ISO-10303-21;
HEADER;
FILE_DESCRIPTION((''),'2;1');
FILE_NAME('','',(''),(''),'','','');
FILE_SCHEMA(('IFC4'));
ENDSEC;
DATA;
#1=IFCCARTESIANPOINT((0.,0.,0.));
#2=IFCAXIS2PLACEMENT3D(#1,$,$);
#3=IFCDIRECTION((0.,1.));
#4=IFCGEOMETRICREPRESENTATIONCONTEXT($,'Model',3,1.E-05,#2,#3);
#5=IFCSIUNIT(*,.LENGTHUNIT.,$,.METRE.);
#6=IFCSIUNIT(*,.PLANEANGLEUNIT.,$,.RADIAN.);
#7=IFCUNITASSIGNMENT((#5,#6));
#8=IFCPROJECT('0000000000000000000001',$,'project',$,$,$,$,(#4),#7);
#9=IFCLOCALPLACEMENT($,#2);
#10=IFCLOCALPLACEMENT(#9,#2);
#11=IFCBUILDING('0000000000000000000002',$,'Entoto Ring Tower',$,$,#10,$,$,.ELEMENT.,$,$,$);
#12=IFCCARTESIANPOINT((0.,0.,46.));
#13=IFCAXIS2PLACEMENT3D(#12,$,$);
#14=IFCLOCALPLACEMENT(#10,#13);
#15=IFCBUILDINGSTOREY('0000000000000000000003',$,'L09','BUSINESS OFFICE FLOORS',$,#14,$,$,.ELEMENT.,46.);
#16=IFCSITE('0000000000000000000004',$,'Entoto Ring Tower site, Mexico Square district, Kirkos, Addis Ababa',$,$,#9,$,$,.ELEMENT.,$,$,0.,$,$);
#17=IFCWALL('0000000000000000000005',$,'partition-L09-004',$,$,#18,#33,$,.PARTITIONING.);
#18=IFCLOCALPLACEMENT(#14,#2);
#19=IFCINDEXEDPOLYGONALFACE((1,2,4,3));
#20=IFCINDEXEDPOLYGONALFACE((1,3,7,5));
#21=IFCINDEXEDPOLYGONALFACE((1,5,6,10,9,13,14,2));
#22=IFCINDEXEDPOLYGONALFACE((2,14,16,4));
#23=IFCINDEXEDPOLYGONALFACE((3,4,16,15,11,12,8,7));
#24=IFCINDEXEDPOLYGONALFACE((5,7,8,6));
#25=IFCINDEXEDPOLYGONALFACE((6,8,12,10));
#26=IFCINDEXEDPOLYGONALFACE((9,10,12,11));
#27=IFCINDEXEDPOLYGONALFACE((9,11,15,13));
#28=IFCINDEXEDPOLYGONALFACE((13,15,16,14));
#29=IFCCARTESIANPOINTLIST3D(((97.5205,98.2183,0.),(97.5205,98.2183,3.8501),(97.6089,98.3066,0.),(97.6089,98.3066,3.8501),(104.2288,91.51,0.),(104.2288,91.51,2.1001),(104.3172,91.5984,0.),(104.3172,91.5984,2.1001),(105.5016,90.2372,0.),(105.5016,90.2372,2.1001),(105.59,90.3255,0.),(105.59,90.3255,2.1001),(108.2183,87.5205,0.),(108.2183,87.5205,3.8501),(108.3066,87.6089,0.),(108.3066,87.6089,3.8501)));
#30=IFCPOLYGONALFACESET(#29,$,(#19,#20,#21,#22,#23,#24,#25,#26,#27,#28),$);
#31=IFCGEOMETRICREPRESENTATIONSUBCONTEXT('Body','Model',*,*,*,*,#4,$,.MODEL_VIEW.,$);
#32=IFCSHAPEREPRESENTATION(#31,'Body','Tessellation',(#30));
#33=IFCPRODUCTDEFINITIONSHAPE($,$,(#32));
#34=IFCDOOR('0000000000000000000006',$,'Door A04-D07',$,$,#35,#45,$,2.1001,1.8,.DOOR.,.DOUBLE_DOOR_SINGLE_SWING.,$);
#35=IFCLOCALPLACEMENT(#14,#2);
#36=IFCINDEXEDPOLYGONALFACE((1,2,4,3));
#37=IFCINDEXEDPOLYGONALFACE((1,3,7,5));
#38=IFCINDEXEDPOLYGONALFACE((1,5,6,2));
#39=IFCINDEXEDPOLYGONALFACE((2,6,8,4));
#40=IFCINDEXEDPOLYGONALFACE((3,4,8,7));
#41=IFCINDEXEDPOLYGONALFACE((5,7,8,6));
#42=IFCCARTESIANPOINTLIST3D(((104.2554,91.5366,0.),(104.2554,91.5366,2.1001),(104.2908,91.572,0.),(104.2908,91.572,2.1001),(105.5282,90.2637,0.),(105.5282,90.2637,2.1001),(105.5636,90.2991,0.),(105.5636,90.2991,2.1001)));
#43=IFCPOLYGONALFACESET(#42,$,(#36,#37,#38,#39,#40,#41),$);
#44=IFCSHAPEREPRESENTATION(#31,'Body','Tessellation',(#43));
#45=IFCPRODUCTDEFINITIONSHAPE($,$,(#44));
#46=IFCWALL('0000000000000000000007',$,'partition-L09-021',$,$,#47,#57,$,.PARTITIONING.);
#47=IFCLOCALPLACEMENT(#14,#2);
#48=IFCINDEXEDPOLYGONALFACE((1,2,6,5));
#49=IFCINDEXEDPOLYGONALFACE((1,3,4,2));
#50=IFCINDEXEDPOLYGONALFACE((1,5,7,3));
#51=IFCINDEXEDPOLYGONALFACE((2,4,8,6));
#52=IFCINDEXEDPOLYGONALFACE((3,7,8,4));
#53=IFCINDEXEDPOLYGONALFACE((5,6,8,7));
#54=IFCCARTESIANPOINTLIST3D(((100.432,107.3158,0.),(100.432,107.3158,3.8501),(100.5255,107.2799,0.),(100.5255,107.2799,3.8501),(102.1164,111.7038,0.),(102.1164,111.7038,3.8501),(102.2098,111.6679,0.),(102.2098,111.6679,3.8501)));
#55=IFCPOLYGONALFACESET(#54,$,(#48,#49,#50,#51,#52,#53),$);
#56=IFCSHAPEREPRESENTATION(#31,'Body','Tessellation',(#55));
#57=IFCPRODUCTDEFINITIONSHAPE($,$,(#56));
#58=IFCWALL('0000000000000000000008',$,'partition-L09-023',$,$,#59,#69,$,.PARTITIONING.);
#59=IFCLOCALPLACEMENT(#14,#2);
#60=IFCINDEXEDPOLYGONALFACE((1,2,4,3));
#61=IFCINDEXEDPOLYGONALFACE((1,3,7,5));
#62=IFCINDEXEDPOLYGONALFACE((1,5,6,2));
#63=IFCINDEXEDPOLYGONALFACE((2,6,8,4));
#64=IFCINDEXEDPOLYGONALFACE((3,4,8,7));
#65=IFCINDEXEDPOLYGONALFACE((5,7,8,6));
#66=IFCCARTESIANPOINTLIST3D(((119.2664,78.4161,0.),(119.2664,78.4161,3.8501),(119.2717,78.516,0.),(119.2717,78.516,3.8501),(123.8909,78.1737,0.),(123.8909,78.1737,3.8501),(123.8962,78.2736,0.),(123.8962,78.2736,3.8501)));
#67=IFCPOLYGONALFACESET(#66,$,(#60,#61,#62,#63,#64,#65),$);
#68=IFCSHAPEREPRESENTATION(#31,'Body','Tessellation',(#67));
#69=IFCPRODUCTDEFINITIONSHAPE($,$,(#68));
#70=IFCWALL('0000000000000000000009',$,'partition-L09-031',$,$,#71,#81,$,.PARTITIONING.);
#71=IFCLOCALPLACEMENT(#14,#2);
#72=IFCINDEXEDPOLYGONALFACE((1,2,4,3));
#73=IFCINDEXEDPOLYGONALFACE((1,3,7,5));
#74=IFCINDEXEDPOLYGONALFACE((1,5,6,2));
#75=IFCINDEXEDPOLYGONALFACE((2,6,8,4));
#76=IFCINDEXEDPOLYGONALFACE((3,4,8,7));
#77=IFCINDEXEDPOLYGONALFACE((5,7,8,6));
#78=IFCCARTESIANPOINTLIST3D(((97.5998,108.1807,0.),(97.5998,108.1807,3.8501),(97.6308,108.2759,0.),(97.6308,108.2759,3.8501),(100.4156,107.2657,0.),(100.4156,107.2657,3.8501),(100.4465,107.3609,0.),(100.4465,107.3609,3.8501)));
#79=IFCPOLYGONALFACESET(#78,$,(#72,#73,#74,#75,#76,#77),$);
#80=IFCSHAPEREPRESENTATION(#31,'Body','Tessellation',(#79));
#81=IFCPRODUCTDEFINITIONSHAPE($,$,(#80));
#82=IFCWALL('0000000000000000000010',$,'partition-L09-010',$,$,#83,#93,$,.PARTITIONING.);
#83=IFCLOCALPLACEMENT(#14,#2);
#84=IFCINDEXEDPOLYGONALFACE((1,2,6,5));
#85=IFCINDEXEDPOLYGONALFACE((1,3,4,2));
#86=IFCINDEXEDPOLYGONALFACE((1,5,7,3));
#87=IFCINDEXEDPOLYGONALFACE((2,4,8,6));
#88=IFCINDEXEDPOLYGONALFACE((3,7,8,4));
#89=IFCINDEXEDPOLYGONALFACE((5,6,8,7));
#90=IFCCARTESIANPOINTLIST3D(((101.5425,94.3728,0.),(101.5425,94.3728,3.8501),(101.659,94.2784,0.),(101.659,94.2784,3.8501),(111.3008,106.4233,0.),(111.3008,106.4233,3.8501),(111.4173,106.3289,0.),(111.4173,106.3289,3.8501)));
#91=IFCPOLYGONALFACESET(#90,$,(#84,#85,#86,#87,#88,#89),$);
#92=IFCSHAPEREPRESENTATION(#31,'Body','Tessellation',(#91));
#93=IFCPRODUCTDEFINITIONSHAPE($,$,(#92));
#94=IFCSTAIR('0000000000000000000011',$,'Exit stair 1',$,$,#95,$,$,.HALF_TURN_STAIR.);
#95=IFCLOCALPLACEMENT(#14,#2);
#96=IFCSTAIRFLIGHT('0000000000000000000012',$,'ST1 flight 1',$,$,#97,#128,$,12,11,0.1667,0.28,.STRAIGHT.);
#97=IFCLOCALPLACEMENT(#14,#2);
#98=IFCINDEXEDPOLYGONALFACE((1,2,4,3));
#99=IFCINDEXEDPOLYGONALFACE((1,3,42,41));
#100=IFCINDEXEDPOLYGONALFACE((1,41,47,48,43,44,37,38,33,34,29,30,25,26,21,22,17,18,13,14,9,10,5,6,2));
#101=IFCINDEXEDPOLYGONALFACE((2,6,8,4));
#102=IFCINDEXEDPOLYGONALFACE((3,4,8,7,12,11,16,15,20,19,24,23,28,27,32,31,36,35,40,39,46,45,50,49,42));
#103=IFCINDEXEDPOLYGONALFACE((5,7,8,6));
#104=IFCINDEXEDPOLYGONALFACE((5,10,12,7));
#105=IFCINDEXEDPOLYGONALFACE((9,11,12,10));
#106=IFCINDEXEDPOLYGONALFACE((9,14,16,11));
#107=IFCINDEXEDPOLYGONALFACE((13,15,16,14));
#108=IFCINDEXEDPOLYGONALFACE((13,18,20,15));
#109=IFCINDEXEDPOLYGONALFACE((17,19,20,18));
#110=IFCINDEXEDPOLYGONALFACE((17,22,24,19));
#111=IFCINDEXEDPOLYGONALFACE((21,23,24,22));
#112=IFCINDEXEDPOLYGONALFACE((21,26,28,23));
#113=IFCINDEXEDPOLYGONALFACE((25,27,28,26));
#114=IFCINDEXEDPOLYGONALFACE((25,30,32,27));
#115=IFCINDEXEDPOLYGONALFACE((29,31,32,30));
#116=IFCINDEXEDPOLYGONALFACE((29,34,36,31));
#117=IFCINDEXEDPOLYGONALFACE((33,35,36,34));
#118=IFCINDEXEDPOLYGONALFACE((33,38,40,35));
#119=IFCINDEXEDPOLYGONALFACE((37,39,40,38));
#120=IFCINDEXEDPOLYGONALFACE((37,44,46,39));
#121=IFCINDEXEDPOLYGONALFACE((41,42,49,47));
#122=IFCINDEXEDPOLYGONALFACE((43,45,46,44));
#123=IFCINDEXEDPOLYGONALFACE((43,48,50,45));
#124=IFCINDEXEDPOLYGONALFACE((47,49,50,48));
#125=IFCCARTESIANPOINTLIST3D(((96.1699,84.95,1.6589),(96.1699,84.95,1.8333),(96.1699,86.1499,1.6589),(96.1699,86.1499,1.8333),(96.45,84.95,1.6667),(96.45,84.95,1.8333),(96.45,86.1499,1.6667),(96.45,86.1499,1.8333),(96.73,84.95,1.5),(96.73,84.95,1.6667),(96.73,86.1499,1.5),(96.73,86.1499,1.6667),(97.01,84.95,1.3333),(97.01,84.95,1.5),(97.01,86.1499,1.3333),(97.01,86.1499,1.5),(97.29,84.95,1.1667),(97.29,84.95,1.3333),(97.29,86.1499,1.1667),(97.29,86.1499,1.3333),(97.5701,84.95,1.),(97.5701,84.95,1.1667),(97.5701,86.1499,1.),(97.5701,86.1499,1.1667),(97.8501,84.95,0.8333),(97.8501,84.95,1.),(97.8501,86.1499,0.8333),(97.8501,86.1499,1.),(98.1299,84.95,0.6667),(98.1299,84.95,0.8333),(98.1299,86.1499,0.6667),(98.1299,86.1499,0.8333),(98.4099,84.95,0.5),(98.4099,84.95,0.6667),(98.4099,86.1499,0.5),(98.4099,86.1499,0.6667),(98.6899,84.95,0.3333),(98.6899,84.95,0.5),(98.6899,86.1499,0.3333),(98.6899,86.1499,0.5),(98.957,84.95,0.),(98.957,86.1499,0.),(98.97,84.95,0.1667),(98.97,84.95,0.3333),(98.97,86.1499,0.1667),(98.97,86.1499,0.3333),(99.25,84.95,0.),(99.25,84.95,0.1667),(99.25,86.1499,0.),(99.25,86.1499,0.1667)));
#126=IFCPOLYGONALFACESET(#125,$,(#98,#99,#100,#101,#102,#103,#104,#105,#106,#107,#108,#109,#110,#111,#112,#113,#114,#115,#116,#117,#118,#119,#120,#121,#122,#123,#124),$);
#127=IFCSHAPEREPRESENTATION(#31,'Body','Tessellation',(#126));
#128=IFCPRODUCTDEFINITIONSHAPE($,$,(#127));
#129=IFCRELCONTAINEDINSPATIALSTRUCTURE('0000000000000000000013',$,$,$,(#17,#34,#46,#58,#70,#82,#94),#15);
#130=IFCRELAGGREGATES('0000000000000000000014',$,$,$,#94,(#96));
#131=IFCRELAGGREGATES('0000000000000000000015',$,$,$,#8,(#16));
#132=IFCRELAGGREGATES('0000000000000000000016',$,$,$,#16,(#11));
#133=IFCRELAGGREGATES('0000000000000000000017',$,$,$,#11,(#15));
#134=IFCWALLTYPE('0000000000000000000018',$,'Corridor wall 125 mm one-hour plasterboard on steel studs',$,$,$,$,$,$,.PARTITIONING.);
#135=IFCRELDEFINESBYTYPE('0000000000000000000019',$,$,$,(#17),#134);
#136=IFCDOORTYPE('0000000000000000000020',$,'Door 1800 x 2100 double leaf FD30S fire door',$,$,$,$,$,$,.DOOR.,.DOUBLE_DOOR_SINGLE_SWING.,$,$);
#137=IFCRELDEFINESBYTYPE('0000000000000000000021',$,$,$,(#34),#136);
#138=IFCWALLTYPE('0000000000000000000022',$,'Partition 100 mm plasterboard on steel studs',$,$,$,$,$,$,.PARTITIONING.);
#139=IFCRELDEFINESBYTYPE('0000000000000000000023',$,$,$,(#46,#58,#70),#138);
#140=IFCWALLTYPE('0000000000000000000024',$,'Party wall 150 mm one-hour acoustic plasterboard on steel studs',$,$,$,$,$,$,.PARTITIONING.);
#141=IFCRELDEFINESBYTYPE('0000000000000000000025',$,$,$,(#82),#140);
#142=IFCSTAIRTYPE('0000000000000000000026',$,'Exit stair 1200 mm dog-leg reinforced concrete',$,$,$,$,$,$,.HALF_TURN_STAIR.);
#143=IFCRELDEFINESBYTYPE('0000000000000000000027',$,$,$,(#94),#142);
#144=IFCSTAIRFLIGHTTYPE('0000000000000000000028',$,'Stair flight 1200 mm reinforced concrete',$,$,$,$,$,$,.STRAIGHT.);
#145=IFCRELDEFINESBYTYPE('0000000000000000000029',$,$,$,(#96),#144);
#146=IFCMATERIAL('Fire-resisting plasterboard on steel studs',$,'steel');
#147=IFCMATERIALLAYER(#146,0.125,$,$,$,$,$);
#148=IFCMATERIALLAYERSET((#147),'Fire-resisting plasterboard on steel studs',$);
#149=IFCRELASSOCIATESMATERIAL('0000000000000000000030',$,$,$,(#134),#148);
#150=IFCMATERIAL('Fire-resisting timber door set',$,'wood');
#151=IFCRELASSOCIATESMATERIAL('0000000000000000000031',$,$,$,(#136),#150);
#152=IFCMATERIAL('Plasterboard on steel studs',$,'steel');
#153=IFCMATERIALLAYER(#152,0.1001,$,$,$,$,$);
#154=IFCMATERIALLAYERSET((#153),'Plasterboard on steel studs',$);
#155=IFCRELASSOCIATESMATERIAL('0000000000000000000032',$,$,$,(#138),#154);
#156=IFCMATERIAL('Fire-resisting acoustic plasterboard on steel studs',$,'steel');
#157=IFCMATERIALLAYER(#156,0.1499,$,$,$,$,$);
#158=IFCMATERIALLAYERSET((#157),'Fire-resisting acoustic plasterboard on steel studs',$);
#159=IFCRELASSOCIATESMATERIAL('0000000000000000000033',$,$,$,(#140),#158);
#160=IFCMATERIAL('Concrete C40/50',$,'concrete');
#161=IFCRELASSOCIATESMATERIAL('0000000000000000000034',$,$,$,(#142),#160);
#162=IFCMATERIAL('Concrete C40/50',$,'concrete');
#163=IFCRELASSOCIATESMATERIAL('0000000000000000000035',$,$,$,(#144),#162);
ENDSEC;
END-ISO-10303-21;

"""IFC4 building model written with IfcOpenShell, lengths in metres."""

from ifc_helpers import new_model, si_unit, direction, frame, frame_2d, origin, place, context, subcontext, project, spatial, polyline, rectangle, outline, extrude, material, layer, layer_set, type_object, element, fill, aggregate, save


model = new_model("IFC4")

# Units and contexts
model_context = context("Model", 3, precision=1e-05, world=origin(), true_north=direction((0.0, 1.0)))
body_context = subcontext(model_context, "Body", "Model", "MODEL_VIEW")
ifc_project = project(units=[si_unit("LENGTHUNIT", "METRE"), si_unit("PLANEANGLEUNIT", "RADIAN")], contexts=[model_context])

# Site, building, storey
site_placement = place(None, origin())
site = spatial("IfcSite", under=ifc_project, at=site_placement, Name="Entoto Ring Tower site, Mexico Square district, Kirkos, Addis Ababa", CompositionType="ELEMENT", RefElevation=0.0)
building_placement = place(site_placement, origin())
building = spatial("IfcBuilding", under=site, at=building_placement, Name="Entoto Ring Tower", CompositionType="ELEMENT")
storey_placement = place(building_placement, frame((0.0, 0.0, 46.0)))
storey = spatial("IfcBuildingStorey", under=building, at=storey_placement, Name="L09", Description="BUSINESS OFFICE FLOORS", CompositionType="ELEMENT", Elevation=46.0)

# Wall, opening, door
ifc_material_1 = material(Name="Fire-resisting plasterboard on steel studs", Category="steel")
ifc_layer_1 = layer(ifc_material_1, 0.125)
ifc_layer_set_1 = layer_set([ifc_layer_1], Name="Fire-resisting plasterboard on steel studs")
wall_type_1 = type_object("IfcWallType", Name="Corridor wall 125 mm one-hour plasterboard on steel studs", PredefinedType="PARTITIONING", material=ifc_layer_set_1)
wall_1_placement = place(storey_placement, frame((108.2625, 87.5647, 0.0), z_axis=(0.0, 0.0, 1.0), x_axis=(-0.707107, 0.707107, 0.0)))
wall_1 = element("IfcWall", 1, at=wall_1_placement, inside=storey, type_object=wall_type_1, Name="partition-L09-004", PredefinedType="PARTITIONING", context=body_context, shape_type="SweptSolid", body=[
    extrude(rectangle(XDim=15.1289, YDim=0.125, at=frame_2d((7.5645, 0.0))), origin(), (0.0, 0.0, 1.0), 3.8501),
])
opening_1_placement = place(wall_1_placement, frame((3.842, 0.0, 0.0)))
opening_1 = element("IfcOpeningElement", 2, at=opening_1_placement, cuts=wall_1, PredefinedType="OPENING", context=body_context, shape_type="SweptSolid", body=[
    extrude(rectangle(XDim=1.8, YDim=2.1001, at=frame_2d((0.8999, 1.05))), frame((0.0, 0.0725, 0.0), z_axis=(0.0, -1.0, 0.0), x_axis=(1.0, 0.0, 0.0)), (0.0, 0.0, 1.0), 0.145),
])
ifc_material_2 = material(Name="Fire-resisting timber door set", Category="wood")
door_type_1 = type_object("IfcDoorType", Name="Door 1800 x 2100 double leaf FD30S fire door", OperationType="DOUBLE_DOOR_SINGLE_SWING", PredefinedType="DOOR", material=ifc_material_2)
door_1_placement = place(opening_1_placement, origin())
door_1 = element("IfcDoor", 3, at=door_1_placement, inside=storey, type_object=door_type_1, Name="Door A04-D07", OperationType="DOUBLE_DOOR_SINGLE_SWING", OverallHeight=2.1001, OverallWidth=1.8, PredefinedType="DOOR", context=body_context, shape_type="SweptSolid", body=[
    extrude(rectangle(XDim=1.8, YDim=2.1001, at=frame_2d((0.8999, 1.05))), frame((0.0, 0.0249, 0.0), z_axis=(0.0, -1.0, 0.0), x_axis=(1.0, 0.0, 0.0)), (0.0, 0.0, 1.0), 0.05),
])
fill(opening_1, door_1)

# Walls
ifc_material_3 = material(Name="Plasterboard on steel studs", Category="steel")
ifc_layer_2 = layer(ifc_material_3, 0.1001)
ifc_layer_set_2 = layer_set([ifc_layer_2], Name="Plasterboard on steel studs")
wall_type_2 = type_object("IfcWallType", Name="Partition 100 mm plasterboard on steel studs", PredefinedType="PARTITIONING", material=ifc_layer_set_2)
wall_2_placement = place(storey_placement, frame((100.4788, 107.2979, 0.0), z_axis=(0.0, 0.0, 1.0), x_axis=(0.358359, 0.933584, 0.0)))
element("IfcWall", 4, at=wall_2_placement, inside=storey, type_object=wall_type_2, Name="partition-L09-021", PredefinedType="PARTITIONING", context=body_context, shape_type="SweptSolid", body=[
    extrude(rectangle(XDim=4.7002, YDim=0.1001, at=frame_2d((2.3501, 0.0))), origin(), (0.0, 0.0, 1.0), 3.8501),
])
wall_3_placement = place(storey_placement, frame((123.8936, 78.2236, 0.0), z_axis=(0.0, 0.0, 1.0), x_axis=(-0.998629, 0.052351, 0.0)))
element("IfcWall", 5, at=wall_3_placement, inside=storey, type_object=wall_type_2, Name="partition-L09-023", PredefinedType="PARTITIONING", context=body_context, shape_type="SweptSolid", body=[
    extrude(rectangle(XDim=4.6309, YDim=0.1001, at=frame_2d((2.3154, 0.0))), origin(), (0.0, 0.0, 1.0), 3.8501),
])
wall_4_placement = place(storey_placement, frame((100.4312, 107.3132, 0.0), z_axis=(0.0, 0.0, 1.0), x_axis=(-0.95104, 0.309069, 0.0)))
element("IfcWall", 6, at=wall_4_placement, inside=storey, type_object=wall_type_2, Name="partition-L09-031", PredefinedType="PARTITIONING", context=body_context, shape_type="SweptSolid", body=[
    extrude(rectangle(XDim=2.9607, YDim=0.1001, at=frame_2d((1.4805, 0.0))), origin(), (0.0, 0.0, 1.0), 3.8501),
])
ifc_material_4 = material(Name="Fire-resisting acoustic plasterboard on steel studs", Category="steel")
ifc_layer_3 = layer(ifc_material_4, 0.1499)
ifc_layer_set_3 = layer_set([ifc_layer_3], Name="Fire-resisting acoustic plasterboard on steel studs")
wall_type_3 = type_object("IfcWallType", Name="Party wall 150 mm one-hour acoustic plasterboard on steel studs", PredefinedType="PARTITIONING", material=ifc_layer_set_3)
wall_5_placement = place(storey_placement, frame((101.6008, 94.3257, 0.0), z_axis=(0.0, 0.0, 1.0), x_axis=(0.629319, 0.777147, 0.0)))
element("IfcWall", 7, at=wall_5_placement, inside=storey, type_object=wall_type_3, Name="partition-L09-010", PredefinedType="PARTITIONING", context=body_context, shape_type="SweptSolid", body=[
    extrude(rectangle(XDim=15.5061, YDim=0.1499, at=frame_2d((7.7529, 0.0))), origin(), (0.0, 0.0, 1.0), 3.8501),
])

# Stair, stair flight
ifc_material_5 = material(Name="Concrete C40/50", Category="concrete")
stair_type = type_object("IfcStairType", Name="Exit stair 1200 mm dog-leg reinforced concrete", PredefinedType="HALF_TURN_STAIR", material=ifc_material_5)
stair_placement = place(storey_placement, origin())
stair = element("IfcStair", 8, at=stair_placement, inside=storey, type_object=stair_type, Name="Exit stair 1", PredefinedType="HALF_TURN_STAIR")
ifc_material_6 = material(Name="Concrete C40/50", Category="concrete")
stair_flight_type = type_object("IfcStairFlightType", Name="Stair flight 1200 mm reinforced concrete", PredefinedType="STRAIGHT", material=ifc_material_6)
stair_flight_placement = place(storey_placement, frame((99.25, 85.55, 0.0), z_axis=(0.0, 0.0, 1.0), x_axis=(-1.0, 0.0, 0.0)))
stair_flight = element("IfcStairFlight", 9, at=stair_flight_placement, type_object=stair_flight_type, Name="ST1 flight 1", NumberOfRisers=12, NumberOfTreads=11, PredefinedType="STRAIGHT", RiserHeight=0.1667, TreadLength=0.28, context=body_context, shape_type="SweptSolid", body=[
    extrude(outline(polyline([(0.0, 0.0), (0.0, 0.1667), (0.28, 0.1667), (0.28, 0.3333), (0.5601, 0.3333), (0.5601, 0.5), (0.8401, 0.5), (0.8401, 0.6667), (1.1201, 0.6667), (1.1201, 0.8333), (1.3999, 0.8333), (1.3999, 1.0), (1.6799, 1.0), (1.6799, 1.1667), (1.96, 1.1667), (1.96, 1.3333), (2.24, 1.3333), (2.24, 1.5), (2.52, 1.5), (2.52, 1.6667), (2.8, 1.6667), (2.8, 1.8333), (3.0801, 1.8333), (3.0801, 2.0), (3.0801, 1.6589), (0.293, 0.0), (0.0, 0.0)])), frame((0.0, 0.6001, 0.0), z_axis=(0.0, -1.0, 0.0), x_axis=(1.0, 0.0, 0.0)), (0.0, 0.0, 1.0), 1.2),
])
aggregate(stair, [stair_flight])

save(model, "model.ifc")
